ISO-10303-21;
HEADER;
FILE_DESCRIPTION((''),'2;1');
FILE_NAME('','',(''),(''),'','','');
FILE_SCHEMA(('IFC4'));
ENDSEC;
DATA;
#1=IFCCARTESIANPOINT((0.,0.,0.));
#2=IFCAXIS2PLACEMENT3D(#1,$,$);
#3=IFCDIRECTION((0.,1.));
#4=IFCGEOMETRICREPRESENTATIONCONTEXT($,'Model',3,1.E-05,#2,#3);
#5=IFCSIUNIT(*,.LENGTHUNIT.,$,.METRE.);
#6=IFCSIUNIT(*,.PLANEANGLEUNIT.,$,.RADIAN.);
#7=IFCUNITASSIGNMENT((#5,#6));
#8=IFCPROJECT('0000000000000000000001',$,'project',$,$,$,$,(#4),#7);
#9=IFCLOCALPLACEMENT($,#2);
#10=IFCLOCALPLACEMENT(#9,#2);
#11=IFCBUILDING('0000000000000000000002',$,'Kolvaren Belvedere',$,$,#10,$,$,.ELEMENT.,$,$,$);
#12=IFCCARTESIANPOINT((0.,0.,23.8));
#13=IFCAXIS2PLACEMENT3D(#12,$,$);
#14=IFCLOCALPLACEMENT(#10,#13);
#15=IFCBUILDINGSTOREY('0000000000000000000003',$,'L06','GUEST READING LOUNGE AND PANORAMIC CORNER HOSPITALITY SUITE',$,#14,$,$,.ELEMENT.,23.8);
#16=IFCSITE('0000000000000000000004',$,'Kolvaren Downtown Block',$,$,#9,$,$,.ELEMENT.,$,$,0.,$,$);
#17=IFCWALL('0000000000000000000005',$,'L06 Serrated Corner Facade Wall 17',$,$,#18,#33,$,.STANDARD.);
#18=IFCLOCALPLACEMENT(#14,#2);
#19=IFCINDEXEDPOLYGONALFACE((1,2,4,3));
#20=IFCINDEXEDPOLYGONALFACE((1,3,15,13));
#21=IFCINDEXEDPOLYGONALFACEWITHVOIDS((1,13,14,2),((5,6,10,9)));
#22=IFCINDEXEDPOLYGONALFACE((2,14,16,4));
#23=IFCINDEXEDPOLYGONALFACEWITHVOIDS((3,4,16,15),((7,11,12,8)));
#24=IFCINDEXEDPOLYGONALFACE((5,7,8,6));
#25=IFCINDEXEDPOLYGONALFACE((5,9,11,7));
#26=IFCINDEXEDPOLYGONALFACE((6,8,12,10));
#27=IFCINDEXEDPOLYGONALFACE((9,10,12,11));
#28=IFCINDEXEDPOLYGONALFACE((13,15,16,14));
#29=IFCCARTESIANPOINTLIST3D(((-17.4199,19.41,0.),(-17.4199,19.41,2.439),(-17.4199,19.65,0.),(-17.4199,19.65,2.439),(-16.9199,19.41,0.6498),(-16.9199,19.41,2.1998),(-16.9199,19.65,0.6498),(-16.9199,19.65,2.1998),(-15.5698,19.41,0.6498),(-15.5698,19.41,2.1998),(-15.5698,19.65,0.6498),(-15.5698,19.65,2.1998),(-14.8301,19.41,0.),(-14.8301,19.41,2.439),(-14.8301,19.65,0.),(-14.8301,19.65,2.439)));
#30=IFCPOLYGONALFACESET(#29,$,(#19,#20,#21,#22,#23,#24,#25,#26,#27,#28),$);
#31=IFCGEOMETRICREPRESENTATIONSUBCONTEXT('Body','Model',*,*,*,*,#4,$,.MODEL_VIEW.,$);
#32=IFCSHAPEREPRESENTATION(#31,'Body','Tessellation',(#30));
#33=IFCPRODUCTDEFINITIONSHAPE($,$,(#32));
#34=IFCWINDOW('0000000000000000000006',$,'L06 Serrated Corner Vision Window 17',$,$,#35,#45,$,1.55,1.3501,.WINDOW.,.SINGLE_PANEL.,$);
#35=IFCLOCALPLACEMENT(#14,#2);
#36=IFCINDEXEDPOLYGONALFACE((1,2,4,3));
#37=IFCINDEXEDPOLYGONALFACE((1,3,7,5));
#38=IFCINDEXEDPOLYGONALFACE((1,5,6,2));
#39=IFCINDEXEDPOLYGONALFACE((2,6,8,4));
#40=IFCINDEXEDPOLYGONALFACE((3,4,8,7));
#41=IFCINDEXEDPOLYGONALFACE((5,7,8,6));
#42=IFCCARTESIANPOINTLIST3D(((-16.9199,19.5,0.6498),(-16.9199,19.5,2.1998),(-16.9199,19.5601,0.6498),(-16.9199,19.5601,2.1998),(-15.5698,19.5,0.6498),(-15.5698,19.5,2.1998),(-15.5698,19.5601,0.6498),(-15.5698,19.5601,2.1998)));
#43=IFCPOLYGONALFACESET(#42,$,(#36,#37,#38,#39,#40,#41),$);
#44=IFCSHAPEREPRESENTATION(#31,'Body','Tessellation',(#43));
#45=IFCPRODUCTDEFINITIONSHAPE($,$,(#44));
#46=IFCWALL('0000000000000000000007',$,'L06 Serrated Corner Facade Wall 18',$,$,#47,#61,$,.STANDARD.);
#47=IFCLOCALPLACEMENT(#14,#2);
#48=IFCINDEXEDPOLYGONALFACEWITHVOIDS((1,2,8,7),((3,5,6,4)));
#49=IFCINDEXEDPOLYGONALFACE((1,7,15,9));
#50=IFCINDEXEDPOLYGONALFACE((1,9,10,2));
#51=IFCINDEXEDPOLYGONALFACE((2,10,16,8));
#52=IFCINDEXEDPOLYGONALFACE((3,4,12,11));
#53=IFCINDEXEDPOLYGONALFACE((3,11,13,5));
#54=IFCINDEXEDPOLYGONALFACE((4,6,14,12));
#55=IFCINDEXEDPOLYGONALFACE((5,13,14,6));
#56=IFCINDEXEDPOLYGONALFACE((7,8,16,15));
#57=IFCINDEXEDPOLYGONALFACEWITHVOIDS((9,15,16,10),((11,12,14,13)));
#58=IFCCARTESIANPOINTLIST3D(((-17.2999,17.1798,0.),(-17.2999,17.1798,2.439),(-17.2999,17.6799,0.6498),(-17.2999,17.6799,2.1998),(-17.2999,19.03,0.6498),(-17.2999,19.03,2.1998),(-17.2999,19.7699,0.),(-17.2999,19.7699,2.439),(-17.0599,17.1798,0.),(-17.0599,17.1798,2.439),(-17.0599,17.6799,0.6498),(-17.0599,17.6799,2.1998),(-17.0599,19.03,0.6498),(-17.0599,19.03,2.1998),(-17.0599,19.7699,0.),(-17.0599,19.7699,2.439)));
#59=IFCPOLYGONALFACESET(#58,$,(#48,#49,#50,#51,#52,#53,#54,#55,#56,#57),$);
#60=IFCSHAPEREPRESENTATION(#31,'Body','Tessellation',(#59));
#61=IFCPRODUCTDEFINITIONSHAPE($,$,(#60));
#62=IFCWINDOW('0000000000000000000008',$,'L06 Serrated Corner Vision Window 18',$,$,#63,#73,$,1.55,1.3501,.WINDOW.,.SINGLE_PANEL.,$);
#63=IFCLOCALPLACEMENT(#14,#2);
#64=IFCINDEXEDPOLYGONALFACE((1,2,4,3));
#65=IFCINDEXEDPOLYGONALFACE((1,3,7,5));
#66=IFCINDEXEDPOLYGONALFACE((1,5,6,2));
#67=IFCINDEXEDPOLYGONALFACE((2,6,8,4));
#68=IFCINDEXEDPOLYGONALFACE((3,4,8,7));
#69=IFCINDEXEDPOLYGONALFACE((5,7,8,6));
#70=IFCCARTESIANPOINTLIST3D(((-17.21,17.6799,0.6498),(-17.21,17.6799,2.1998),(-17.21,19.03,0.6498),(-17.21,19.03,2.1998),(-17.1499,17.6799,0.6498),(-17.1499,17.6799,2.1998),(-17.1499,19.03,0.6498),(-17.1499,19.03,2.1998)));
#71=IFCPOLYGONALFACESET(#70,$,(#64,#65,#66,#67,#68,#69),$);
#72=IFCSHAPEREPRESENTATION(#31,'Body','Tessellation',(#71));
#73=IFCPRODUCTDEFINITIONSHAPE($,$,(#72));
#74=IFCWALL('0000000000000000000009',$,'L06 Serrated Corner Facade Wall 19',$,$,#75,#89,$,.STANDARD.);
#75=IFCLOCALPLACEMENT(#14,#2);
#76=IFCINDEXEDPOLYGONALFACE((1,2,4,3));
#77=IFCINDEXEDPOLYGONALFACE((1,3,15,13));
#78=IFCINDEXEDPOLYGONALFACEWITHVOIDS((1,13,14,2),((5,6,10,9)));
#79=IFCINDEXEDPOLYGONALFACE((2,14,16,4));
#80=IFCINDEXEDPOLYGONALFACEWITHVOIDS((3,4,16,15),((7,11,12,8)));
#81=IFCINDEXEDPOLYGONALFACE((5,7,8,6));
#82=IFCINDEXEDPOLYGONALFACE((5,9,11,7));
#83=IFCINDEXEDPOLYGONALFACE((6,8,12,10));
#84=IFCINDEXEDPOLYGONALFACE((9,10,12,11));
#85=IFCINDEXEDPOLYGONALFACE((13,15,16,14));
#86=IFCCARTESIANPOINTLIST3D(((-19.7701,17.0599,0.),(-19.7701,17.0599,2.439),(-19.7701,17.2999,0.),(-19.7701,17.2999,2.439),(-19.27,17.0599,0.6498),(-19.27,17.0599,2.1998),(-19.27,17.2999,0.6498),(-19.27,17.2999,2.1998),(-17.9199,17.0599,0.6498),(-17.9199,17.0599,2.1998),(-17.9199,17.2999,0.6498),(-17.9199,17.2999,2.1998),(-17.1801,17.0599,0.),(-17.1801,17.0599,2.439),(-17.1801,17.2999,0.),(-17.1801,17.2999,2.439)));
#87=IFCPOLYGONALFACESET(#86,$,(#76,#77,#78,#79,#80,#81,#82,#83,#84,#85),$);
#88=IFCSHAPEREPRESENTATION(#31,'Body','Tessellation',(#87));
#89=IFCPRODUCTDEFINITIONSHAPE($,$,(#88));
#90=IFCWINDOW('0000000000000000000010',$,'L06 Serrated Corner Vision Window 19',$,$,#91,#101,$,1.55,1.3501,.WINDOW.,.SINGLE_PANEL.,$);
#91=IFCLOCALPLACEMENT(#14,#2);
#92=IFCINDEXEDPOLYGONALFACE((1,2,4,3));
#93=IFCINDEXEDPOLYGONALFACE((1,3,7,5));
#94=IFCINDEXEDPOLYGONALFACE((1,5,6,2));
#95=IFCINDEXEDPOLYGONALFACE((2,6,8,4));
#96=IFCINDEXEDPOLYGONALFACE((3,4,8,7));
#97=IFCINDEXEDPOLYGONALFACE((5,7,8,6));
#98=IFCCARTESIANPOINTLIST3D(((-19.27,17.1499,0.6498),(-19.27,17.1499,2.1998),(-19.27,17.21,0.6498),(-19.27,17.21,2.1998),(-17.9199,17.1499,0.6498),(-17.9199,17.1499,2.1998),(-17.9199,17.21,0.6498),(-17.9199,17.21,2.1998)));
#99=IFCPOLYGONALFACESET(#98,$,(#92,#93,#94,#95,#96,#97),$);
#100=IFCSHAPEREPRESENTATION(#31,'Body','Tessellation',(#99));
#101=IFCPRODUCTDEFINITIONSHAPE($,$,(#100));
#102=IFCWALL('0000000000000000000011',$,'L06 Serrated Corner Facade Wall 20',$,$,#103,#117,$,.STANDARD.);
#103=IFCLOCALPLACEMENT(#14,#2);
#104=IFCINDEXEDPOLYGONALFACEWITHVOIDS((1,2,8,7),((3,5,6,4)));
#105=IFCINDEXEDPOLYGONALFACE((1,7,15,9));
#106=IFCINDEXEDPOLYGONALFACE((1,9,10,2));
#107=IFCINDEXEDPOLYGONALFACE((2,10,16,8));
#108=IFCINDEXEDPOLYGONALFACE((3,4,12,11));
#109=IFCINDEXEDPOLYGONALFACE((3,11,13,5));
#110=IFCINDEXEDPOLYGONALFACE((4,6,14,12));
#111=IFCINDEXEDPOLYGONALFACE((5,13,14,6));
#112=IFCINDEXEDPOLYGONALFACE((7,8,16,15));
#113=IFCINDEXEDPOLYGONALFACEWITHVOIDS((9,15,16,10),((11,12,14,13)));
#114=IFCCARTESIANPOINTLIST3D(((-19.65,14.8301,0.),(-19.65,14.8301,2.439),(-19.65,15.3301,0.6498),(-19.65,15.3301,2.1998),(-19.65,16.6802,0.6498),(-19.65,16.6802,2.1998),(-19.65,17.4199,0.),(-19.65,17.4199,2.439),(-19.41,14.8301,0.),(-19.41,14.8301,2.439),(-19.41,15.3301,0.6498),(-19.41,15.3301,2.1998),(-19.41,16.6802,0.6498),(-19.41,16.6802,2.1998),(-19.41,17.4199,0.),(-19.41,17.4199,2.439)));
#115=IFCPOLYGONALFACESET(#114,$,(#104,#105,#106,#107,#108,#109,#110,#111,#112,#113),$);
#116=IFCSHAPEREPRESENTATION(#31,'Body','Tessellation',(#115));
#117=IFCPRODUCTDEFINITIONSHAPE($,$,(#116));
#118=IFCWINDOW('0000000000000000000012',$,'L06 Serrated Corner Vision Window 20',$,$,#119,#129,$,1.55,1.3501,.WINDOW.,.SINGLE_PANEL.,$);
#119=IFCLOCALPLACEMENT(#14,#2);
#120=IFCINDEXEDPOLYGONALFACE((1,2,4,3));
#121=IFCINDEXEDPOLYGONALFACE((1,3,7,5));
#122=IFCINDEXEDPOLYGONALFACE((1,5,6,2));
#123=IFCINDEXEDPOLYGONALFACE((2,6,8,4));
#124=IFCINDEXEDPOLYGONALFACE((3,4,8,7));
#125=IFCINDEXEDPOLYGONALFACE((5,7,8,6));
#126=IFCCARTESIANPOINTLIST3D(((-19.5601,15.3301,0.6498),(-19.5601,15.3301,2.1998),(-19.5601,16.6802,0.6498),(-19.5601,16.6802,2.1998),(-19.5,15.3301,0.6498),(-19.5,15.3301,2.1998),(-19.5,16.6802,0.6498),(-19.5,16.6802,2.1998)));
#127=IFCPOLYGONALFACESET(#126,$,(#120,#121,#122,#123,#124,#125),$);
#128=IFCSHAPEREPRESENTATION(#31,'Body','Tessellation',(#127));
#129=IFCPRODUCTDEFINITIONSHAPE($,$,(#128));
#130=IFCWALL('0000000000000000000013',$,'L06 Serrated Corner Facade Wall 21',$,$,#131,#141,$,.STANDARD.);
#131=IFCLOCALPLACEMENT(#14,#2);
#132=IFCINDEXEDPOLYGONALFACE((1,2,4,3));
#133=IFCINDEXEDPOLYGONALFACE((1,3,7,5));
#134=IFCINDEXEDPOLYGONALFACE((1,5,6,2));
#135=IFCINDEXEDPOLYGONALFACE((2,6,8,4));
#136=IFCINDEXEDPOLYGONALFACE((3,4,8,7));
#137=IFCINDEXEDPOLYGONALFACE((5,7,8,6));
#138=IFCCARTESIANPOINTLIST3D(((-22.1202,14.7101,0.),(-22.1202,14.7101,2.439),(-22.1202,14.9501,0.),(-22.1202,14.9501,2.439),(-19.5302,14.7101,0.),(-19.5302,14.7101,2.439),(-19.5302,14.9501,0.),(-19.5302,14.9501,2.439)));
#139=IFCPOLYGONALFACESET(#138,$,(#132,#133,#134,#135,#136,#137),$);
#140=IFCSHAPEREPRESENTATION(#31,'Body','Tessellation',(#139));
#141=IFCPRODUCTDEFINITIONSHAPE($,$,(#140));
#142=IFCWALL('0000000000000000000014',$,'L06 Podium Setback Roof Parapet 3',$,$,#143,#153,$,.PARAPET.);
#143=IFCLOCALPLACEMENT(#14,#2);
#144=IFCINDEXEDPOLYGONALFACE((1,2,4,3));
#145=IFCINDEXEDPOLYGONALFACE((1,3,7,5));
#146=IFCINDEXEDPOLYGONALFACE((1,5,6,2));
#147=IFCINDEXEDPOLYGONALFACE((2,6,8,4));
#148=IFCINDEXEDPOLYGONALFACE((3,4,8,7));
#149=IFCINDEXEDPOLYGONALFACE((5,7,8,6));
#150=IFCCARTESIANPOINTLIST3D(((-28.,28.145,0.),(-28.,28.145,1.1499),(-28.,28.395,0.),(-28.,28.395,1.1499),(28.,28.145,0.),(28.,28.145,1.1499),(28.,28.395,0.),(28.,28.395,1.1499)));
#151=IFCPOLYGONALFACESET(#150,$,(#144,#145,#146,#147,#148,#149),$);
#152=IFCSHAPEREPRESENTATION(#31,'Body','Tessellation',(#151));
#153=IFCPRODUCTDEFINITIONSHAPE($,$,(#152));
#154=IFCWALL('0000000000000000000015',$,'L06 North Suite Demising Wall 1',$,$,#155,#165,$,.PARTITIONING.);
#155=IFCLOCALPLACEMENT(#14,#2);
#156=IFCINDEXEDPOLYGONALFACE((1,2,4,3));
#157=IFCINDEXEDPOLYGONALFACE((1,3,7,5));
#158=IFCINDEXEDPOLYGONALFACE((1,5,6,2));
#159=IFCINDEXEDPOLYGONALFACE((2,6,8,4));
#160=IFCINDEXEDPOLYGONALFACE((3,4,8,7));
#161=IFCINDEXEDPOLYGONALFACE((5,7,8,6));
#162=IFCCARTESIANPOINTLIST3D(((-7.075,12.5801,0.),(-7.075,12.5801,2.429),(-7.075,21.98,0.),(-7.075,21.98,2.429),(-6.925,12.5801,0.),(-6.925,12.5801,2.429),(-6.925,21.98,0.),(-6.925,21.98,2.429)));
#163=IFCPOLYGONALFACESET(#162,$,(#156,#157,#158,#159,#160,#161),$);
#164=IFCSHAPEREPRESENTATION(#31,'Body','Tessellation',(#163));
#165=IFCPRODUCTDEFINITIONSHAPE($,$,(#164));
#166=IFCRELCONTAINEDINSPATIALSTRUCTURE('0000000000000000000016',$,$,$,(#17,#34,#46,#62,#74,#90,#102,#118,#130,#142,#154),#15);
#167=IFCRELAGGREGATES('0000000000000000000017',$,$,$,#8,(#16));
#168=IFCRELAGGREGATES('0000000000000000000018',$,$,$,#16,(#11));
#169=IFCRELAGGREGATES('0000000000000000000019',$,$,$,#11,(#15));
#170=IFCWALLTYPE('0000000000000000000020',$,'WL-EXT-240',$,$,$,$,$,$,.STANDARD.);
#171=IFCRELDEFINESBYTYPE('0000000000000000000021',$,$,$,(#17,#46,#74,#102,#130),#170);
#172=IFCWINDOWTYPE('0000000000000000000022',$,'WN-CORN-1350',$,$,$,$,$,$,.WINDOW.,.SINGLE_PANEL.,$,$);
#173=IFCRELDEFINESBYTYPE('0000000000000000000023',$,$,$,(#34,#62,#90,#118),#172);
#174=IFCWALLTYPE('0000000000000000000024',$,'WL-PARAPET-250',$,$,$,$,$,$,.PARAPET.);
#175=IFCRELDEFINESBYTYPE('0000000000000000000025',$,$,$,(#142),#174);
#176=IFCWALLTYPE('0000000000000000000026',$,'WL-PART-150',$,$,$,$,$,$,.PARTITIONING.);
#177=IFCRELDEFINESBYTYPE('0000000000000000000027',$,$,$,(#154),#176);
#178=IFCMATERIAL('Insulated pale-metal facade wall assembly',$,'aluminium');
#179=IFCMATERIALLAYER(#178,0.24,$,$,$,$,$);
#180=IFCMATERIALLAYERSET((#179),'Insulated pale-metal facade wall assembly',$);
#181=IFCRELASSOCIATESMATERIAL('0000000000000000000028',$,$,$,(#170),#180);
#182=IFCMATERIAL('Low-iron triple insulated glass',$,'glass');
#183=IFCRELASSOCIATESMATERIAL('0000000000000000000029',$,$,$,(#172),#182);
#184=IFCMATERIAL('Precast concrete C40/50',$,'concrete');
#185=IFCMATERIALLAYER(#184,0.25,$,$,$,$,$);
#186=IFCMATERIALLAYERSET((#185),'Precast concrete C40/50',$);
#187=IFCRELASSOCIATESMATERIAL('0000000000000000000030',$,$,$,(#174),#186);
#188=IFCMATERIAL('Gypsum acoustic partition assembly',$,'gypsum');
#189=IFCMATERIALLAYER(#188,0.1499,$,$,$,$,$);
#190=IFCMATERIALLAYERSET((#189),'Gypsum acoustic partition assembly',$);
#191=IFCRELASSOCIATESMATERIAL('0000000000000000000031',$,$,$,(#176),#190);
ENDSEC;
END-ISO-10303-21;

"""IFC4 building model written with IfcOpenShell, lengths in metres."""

from ifc_helpers import new_model, si_unit, direction, frame, frame_2d, origin, place, context, subcontext, project, spatial, rectangle, extrude, material, layer, layer_set, type_object, element, fill, save


model = new_model("IFC4")

# Units and contexts
model_context = context("Model", 3, precision=1e-05, world=origin(), true_north=direction((0.0, 1.0)))
body_context = subcontext(model_context, "Body", "Model", "MODEL_VIEW")
ifc_project = project(units=[si_unit("LENGTHUNIT", "METRE"), si_unit("PLANEANGLEUNIT", "RADIAN")], contexts=[model_context])

# Site, building, storey
site_placement = place(None, origin())
site = spatial("IfcSite", under=ifc_project, at=site_placement, Name="Kolvaren Downtown Block", CompositionType="ELEMENT", RefElevation=0.0)
building_placement = place(site_placement, origin())
building = spatial("IfcBuilding", under=site, at=building_placement, Name="Kolvaren Belvedere", CompositionType="ELEMENT")
storey_placement = place(building_placement, frame((0.0, 0.0, 23.8)))
storey = spatial("IfcBuildingStorey", under=building, at=storey_placement, Name="L06", Description="GUEST READING LOUNGE AND PANORAMIC CORNER HOSPITALITY SUITE", CompositionType="ELEMENT", Elevation=23.8)

# Shared definitions
ifc_material_1 = material(Name="Insulated pale-metal facade wall assembly", Category="aluminium")
ifc_layer_1 = layer(ifc_material_1, 0.24)
ifc_layer_set_1 = layer_set([ifc_layer_1], Name="Insulated pale-metal facade wall assembly")
wall_type_1 = type_object("IfcWallType", Name="WL-EXT-240", PredefinedType="STANDARD", material=ifc_layer_set_1)

# Walls, openings, windows
wall_1_placement = place(storey_placement, frame((-17.4199, 19.53, 0.0), z_axis=(0.0, 0.0, 1.0), x_axis=(1.0, 0.0, 0.0)))
wall_1 = element("IfcWall", 1, at=wall_1_placement, inside=storey, type_object=wall_type_1, Name="L06 Serrated Corner Facade Wall 17", PredefinedType="STANDARD", context=body_context, shape_type="SweptSolid", body=[
    extrude(rectangle(XDim=2.5898, YDim=0.24, at=frame_2d((1.2949, 0.0))), origin(), (0.0, 0.0, 1.0), 2.439),
])
opening_1_placement = place(wall_1_placement, frame((0.5, 0.0, 0.6499)))
opening_1 = element("IfcOpeningElement", 2, at=opening_1_placement, cuts=wall_1, PredefinedType="OPENING", context=body_context, shape_type="SweptSolid", body=[
    extrude(rectangle(XDim=1.3501, YDim=1.55, at=frame_2d((0.675, 0.7749))), frame((0.0, 0.1299, 0.0), z_axis=(0.0, -1.0, 0.0), x_axis=(1.0, 0.0, 0.0)), (0.0, 0.0, 1.0), 0.26),
])
ifc_material_2 = material(Name="Low-iron triple insulated glass", Category="glass")
window_type = type_object("IfcWindowType", Name="WN-CORN-1350", PartitioningType="SINGLE_PANEL", PredefinedType="WINDOW", material=ifc_material_2)
window_1_placement = place(opening_1_placement, origin())
window_1 = element("IfcWindow", 3, at=window_1_placement, inside=storey, type_object=window_type, Name="L06 Serrated Corner Vision Window 17", OverallHeight=1.55, OverallWidth=1.3501, PartitioningType="SINGLE_PANEL", PredefinedType="WINDOW", context=body_context, shape_type="SweptSolid", body=[
    extrude(rectangle(XDim=1.3501, YDim=1.55, at=frame_2d((0.675, 0.7749))), frame((0.0, 0.03, 0.0), z_axis=(0.0, -1.0, 0.0), x_axis=(1.0, 0.0, 0.0)), (0.0, 0.0, 1.0), 0.0601),
])
fill(opening_1, window_1)
wall_2_placement = place(storey_placement, frame((-17.1799, 17.1799, 0.0), z_axis=(0.0, 0.0, 1.0), x_axis=(0.0, 1.0, 0.0)))
wall_2 = element("IfcWall", 4, at=wall_2_placement, inside=storey, type_object=wall_type_1, Name="L06 Serrated Corner Facade Wall 18", PredefinedType="STANDARD", context=body_context, shape_type="SweptSolid", body=[
    extrude(rectangle(XDim=2.5901, YDim=0.24, at=frame_2d((1.2949, 0.0))), origin(), (0.0, 0.0, 1.0), 2.439),
])
opening_2_placement = place(wall_2_placement, frame((0.5, 0.0, 0.6499)))
opening_2 = element("IfcOpeningElement", 5, at=opening_2_placement, cuts=wall_2, PredefinedType="OPENING", context=body_context, shape_type="SweptSolid", body=[
    extrude(rectangle(XDim=1.3501, YDim=1.55, at=frame_2d((0.675, 0.7749))), frame((0.0, 0.1299, 0.0), z_axis=(0.0, -1.0, 0.0), x_axis=(1.0, 0.0, 0.0)), (0.0, 0.0, 1.0), 0.26),
])
window_2_placement = place(opening_2_placement, origin())
window_2 = element("IfcWindow", 6, at=window_2_placement, inside=storey, type_object=window_type, Name="L06 Serrated Corner Vision Window 18", OverallHeight=1.55, OverallWidth=1.3501, PartitioningType="SINGLE_PANEL", PredefinedType="WINDOW", context=body_context, shape_type="SweptSolid", body=[
    extrude(rectangle(XDim=1.3501, YDim=1.55, at=frame_2d((0.675, 0.7749))), frame((0.0, 0.03, 0.0), z_axis=(0.0, -1.0, 0.0), x_axis=(1.0, 0.0, 0.0)), (0.0, 0.0, 1.0), 0.0601),
])
fill(opening_2, window_2)
wall_3_placement = place(storey_placement, frame((-19.77, 17.1799, 0.0), z_axis=(0.0, 0.0, 1.0), x_axis=(1.0, 0.0, 0.0)))
wall_3 = element("IfcWall", 7, at=wall_3_placement, inside=storey, type_object=wall_type_1, Name="L06 Serrated Corner Facade Wall 19", PredefinedType="STANDARD", context=body_context, shape_type="SweptSolid", body=[
    extrude(rectangle(XDim=2.5901, YDim=0.24, at=frame_2d((1.2949, 0.0))), origin(), (0.0, 0.0, 1.0), 2.439),
])
opening_3_placement = place(wall_3_placement, frame((0.5, 0.0, 0.6499)))
opening_3 = element("IfcOpeningElement", 8, at=opening_3_placement, cuts=wall_3, PredefinedType="OPENING", context=body_context, shape_type="SweptSolid", body=[
    extrude(rectangle(XDim=1.3501, YDim=1.55, at=frame_2d((0.675, 0.7749))), frame((0.0, 0.1299, 0.0), z_axis=(0.0, -1.0, 0.0), x_axis=(1.0, 0.0, 0.0)), (0.0, 0.0, 1.0), 0.26),
])
window_3_placement = place(opening_3_placement, origin())
window_3 = element("IfcWindow", 9, at=window_3_placement, inside=storey, type_object=window_type, Name="L06 Serrated Corner Vision Window 19", OverallHeight=1.55, OverallWidth=1.3501, PartitioningType="SINGLE_PANEL", PredefinedType="WINDOW", context=body_context, shape_type="SweptSolid", body=[
    extrude(rectangle(XDim=1.3501, YDim=1.55, at=frame_2d((0.675, 0.7749))), frame((0.0, 0.03, 0.0), z_axis=(0.0, -1.0, 0.0), x_axis=(1.0, 0.0, 0.0)), (0.0, 0.0, 1.0), 0.0601),
])
fill(opening_3, window_3)
wall_4_placement = place(storey_placement, frame((-19.53, 14.8301, 0.0), z_axis=(0.0, 0.0, 1.0), x_axis=(0.0, 1.0, 0.0)))
wall_4 = element("IfcWall", 10, at=wall_4_placement, inside=storey, type_object=wall_type_1, Name="L06 Serrated Corner Facade Wall 20", PredefinedType="STANDARD", context=body_context, shape_type="SweptSolid", body=[
    extrude(rectangle(XDim=2.5898, YDim=0.24, at=frame_2d((1.2949, 0.0))), origin(), (0.0, 0.0, 1.0), 2.439),
])
opening_4_placement = place(wall_4_placement, frame((0.5, 0.0, 0.6499)))
opening_4 = element("IfcOpeningElement", 11, at=opening_4_placement, cuts=wall_4, PredefinedType="OPENING", context=body_context, shape_type="SweptSolid", body=[
    extrude(rectangle(XDim=1.3501, YDim=1.55, at=frame_2d((0.675, 0.7749))), frame((0.0, 0.1299, 0.0), z_axis=(0.0, -1.0, 0.0), x_axis=(1.0, 0.0, 0.0)), (0.0, 0.0, 1.0), 0.26),
])
window_4_placement = place(opening_4_placement, origin())
window_4 = element("IfcWindow", 12, at=window_4_placement, inside=storey, type_object=window_type, Name="L06 Serrated Corner Vision Window 20", OverallHeight=1.55, OverallWidth=1.3501, PartitioningType="SINGLE_PANEL", PredefinedType="WINDOW", context=body_context, shape_type="SweptSolid", body=[
    extrude(rectangle(XDim=1.3501, YDim=1.55, at=frame_2d((0.675, 0.7749))), frame((0.0, 0.03, 0.0), z_axis=(0.0, -1.0, 0.0), x_axis=(1.0, 0.0, 0.0)), (0.0, 0.0, 1.0), 0.0601),
])
fill(opening_4, window_4)

# Walls
wall_5_placement = place(storey_placement, frame((-22.1201, 14.8301, 0.0), z_axis=(0.0, 0.0, 1.0), x_axis=(1.0, 0.0, 0.0)))
element("IfcWall", 13, at=wall_5_placement, inside=storey, type_object=wall_type_1, Name="L06 Serrated Corner Facade Wall 21", PredefinedType="STANDARD", context=body_context, shape_type="SweptSolid", body=[
    extrude(rectangle(XDim=2.5901, YDim=0.24, at=frame_2d((1.2949, 0.0))), origin(), (0.0, 0.0, 1.0), 2.439),
])
ifc_material_3 = material(Name="Precast concrete C40/50", Category="concrete")
ifc_layer_2 = layer(ifc_material_3, 0.25)
ifc_layer_set_2 = layer_set([ifc_layer_2], Name="Precast concrete C40/50")
wall_type_2 = type_object("IfcWallType", Name="WL-PARAPET-250", PredefinedType="PARAPET", material=ifc_layer_set_2)
wall_6_placement = place(storey_placement, frame((-28.0, 28.27, 0.0), z_axis=(0.0, 0.0, 1.0), x_axis=(1.0, 0.0, 0.0)))
element("IfcWall", 14, at=wall_6_placement, inside=storey, type_object=wall_type_2, Name="L06 Podium Setback Roof Parapet 3", PredefinedType="PARAPET", context=body_context, shape_type="SweptSolid", body=[
    extrude(rectangle(XDim=56.0, YDim=0.25, at=frame_2d((28.0, 0.0))), origin(), (0.0, 0.0, 1.0), 1.1499),
])
ifc_material_4 = material(Name="Gypsum acoustic partition assembly", Category="gypsum")
ifc_layer_3 = layer(ifc_material_4, 0.1499)
ifc_layer_set_3 = layer_set([ifc_layer_3], Name="Gypsum acoustic partition assembly")
wall_type_3 = type_object("IfcWallType", Name="WL-PART-150", PredefinedType="PARTITIONING", material=ifc_layer_set_3)
wall_7_placement = place(storey_placement, frame((-7.0, 12.5801, 0.0), z_axis=(0.0, 0.0, 1.0), x_axis=(0.0, 1.0, 0.0)))
element("IfcWall", 15, at=wall_7_placement, inside=storey, type_object=wall_type_3, Name="L06 North Suite Demising Wall 1", PredefinedType="PARTITIONING", context=body_context, shape_type="SweptSolid", body=[
    extrude(rectangle(XDim=9.3999, YDim=0.1499, at=frame_2d((4.7, 0.0))), origin(), (0.0, 0.0, 1.0), 2.429),
])

save(model, "model.ifc")
